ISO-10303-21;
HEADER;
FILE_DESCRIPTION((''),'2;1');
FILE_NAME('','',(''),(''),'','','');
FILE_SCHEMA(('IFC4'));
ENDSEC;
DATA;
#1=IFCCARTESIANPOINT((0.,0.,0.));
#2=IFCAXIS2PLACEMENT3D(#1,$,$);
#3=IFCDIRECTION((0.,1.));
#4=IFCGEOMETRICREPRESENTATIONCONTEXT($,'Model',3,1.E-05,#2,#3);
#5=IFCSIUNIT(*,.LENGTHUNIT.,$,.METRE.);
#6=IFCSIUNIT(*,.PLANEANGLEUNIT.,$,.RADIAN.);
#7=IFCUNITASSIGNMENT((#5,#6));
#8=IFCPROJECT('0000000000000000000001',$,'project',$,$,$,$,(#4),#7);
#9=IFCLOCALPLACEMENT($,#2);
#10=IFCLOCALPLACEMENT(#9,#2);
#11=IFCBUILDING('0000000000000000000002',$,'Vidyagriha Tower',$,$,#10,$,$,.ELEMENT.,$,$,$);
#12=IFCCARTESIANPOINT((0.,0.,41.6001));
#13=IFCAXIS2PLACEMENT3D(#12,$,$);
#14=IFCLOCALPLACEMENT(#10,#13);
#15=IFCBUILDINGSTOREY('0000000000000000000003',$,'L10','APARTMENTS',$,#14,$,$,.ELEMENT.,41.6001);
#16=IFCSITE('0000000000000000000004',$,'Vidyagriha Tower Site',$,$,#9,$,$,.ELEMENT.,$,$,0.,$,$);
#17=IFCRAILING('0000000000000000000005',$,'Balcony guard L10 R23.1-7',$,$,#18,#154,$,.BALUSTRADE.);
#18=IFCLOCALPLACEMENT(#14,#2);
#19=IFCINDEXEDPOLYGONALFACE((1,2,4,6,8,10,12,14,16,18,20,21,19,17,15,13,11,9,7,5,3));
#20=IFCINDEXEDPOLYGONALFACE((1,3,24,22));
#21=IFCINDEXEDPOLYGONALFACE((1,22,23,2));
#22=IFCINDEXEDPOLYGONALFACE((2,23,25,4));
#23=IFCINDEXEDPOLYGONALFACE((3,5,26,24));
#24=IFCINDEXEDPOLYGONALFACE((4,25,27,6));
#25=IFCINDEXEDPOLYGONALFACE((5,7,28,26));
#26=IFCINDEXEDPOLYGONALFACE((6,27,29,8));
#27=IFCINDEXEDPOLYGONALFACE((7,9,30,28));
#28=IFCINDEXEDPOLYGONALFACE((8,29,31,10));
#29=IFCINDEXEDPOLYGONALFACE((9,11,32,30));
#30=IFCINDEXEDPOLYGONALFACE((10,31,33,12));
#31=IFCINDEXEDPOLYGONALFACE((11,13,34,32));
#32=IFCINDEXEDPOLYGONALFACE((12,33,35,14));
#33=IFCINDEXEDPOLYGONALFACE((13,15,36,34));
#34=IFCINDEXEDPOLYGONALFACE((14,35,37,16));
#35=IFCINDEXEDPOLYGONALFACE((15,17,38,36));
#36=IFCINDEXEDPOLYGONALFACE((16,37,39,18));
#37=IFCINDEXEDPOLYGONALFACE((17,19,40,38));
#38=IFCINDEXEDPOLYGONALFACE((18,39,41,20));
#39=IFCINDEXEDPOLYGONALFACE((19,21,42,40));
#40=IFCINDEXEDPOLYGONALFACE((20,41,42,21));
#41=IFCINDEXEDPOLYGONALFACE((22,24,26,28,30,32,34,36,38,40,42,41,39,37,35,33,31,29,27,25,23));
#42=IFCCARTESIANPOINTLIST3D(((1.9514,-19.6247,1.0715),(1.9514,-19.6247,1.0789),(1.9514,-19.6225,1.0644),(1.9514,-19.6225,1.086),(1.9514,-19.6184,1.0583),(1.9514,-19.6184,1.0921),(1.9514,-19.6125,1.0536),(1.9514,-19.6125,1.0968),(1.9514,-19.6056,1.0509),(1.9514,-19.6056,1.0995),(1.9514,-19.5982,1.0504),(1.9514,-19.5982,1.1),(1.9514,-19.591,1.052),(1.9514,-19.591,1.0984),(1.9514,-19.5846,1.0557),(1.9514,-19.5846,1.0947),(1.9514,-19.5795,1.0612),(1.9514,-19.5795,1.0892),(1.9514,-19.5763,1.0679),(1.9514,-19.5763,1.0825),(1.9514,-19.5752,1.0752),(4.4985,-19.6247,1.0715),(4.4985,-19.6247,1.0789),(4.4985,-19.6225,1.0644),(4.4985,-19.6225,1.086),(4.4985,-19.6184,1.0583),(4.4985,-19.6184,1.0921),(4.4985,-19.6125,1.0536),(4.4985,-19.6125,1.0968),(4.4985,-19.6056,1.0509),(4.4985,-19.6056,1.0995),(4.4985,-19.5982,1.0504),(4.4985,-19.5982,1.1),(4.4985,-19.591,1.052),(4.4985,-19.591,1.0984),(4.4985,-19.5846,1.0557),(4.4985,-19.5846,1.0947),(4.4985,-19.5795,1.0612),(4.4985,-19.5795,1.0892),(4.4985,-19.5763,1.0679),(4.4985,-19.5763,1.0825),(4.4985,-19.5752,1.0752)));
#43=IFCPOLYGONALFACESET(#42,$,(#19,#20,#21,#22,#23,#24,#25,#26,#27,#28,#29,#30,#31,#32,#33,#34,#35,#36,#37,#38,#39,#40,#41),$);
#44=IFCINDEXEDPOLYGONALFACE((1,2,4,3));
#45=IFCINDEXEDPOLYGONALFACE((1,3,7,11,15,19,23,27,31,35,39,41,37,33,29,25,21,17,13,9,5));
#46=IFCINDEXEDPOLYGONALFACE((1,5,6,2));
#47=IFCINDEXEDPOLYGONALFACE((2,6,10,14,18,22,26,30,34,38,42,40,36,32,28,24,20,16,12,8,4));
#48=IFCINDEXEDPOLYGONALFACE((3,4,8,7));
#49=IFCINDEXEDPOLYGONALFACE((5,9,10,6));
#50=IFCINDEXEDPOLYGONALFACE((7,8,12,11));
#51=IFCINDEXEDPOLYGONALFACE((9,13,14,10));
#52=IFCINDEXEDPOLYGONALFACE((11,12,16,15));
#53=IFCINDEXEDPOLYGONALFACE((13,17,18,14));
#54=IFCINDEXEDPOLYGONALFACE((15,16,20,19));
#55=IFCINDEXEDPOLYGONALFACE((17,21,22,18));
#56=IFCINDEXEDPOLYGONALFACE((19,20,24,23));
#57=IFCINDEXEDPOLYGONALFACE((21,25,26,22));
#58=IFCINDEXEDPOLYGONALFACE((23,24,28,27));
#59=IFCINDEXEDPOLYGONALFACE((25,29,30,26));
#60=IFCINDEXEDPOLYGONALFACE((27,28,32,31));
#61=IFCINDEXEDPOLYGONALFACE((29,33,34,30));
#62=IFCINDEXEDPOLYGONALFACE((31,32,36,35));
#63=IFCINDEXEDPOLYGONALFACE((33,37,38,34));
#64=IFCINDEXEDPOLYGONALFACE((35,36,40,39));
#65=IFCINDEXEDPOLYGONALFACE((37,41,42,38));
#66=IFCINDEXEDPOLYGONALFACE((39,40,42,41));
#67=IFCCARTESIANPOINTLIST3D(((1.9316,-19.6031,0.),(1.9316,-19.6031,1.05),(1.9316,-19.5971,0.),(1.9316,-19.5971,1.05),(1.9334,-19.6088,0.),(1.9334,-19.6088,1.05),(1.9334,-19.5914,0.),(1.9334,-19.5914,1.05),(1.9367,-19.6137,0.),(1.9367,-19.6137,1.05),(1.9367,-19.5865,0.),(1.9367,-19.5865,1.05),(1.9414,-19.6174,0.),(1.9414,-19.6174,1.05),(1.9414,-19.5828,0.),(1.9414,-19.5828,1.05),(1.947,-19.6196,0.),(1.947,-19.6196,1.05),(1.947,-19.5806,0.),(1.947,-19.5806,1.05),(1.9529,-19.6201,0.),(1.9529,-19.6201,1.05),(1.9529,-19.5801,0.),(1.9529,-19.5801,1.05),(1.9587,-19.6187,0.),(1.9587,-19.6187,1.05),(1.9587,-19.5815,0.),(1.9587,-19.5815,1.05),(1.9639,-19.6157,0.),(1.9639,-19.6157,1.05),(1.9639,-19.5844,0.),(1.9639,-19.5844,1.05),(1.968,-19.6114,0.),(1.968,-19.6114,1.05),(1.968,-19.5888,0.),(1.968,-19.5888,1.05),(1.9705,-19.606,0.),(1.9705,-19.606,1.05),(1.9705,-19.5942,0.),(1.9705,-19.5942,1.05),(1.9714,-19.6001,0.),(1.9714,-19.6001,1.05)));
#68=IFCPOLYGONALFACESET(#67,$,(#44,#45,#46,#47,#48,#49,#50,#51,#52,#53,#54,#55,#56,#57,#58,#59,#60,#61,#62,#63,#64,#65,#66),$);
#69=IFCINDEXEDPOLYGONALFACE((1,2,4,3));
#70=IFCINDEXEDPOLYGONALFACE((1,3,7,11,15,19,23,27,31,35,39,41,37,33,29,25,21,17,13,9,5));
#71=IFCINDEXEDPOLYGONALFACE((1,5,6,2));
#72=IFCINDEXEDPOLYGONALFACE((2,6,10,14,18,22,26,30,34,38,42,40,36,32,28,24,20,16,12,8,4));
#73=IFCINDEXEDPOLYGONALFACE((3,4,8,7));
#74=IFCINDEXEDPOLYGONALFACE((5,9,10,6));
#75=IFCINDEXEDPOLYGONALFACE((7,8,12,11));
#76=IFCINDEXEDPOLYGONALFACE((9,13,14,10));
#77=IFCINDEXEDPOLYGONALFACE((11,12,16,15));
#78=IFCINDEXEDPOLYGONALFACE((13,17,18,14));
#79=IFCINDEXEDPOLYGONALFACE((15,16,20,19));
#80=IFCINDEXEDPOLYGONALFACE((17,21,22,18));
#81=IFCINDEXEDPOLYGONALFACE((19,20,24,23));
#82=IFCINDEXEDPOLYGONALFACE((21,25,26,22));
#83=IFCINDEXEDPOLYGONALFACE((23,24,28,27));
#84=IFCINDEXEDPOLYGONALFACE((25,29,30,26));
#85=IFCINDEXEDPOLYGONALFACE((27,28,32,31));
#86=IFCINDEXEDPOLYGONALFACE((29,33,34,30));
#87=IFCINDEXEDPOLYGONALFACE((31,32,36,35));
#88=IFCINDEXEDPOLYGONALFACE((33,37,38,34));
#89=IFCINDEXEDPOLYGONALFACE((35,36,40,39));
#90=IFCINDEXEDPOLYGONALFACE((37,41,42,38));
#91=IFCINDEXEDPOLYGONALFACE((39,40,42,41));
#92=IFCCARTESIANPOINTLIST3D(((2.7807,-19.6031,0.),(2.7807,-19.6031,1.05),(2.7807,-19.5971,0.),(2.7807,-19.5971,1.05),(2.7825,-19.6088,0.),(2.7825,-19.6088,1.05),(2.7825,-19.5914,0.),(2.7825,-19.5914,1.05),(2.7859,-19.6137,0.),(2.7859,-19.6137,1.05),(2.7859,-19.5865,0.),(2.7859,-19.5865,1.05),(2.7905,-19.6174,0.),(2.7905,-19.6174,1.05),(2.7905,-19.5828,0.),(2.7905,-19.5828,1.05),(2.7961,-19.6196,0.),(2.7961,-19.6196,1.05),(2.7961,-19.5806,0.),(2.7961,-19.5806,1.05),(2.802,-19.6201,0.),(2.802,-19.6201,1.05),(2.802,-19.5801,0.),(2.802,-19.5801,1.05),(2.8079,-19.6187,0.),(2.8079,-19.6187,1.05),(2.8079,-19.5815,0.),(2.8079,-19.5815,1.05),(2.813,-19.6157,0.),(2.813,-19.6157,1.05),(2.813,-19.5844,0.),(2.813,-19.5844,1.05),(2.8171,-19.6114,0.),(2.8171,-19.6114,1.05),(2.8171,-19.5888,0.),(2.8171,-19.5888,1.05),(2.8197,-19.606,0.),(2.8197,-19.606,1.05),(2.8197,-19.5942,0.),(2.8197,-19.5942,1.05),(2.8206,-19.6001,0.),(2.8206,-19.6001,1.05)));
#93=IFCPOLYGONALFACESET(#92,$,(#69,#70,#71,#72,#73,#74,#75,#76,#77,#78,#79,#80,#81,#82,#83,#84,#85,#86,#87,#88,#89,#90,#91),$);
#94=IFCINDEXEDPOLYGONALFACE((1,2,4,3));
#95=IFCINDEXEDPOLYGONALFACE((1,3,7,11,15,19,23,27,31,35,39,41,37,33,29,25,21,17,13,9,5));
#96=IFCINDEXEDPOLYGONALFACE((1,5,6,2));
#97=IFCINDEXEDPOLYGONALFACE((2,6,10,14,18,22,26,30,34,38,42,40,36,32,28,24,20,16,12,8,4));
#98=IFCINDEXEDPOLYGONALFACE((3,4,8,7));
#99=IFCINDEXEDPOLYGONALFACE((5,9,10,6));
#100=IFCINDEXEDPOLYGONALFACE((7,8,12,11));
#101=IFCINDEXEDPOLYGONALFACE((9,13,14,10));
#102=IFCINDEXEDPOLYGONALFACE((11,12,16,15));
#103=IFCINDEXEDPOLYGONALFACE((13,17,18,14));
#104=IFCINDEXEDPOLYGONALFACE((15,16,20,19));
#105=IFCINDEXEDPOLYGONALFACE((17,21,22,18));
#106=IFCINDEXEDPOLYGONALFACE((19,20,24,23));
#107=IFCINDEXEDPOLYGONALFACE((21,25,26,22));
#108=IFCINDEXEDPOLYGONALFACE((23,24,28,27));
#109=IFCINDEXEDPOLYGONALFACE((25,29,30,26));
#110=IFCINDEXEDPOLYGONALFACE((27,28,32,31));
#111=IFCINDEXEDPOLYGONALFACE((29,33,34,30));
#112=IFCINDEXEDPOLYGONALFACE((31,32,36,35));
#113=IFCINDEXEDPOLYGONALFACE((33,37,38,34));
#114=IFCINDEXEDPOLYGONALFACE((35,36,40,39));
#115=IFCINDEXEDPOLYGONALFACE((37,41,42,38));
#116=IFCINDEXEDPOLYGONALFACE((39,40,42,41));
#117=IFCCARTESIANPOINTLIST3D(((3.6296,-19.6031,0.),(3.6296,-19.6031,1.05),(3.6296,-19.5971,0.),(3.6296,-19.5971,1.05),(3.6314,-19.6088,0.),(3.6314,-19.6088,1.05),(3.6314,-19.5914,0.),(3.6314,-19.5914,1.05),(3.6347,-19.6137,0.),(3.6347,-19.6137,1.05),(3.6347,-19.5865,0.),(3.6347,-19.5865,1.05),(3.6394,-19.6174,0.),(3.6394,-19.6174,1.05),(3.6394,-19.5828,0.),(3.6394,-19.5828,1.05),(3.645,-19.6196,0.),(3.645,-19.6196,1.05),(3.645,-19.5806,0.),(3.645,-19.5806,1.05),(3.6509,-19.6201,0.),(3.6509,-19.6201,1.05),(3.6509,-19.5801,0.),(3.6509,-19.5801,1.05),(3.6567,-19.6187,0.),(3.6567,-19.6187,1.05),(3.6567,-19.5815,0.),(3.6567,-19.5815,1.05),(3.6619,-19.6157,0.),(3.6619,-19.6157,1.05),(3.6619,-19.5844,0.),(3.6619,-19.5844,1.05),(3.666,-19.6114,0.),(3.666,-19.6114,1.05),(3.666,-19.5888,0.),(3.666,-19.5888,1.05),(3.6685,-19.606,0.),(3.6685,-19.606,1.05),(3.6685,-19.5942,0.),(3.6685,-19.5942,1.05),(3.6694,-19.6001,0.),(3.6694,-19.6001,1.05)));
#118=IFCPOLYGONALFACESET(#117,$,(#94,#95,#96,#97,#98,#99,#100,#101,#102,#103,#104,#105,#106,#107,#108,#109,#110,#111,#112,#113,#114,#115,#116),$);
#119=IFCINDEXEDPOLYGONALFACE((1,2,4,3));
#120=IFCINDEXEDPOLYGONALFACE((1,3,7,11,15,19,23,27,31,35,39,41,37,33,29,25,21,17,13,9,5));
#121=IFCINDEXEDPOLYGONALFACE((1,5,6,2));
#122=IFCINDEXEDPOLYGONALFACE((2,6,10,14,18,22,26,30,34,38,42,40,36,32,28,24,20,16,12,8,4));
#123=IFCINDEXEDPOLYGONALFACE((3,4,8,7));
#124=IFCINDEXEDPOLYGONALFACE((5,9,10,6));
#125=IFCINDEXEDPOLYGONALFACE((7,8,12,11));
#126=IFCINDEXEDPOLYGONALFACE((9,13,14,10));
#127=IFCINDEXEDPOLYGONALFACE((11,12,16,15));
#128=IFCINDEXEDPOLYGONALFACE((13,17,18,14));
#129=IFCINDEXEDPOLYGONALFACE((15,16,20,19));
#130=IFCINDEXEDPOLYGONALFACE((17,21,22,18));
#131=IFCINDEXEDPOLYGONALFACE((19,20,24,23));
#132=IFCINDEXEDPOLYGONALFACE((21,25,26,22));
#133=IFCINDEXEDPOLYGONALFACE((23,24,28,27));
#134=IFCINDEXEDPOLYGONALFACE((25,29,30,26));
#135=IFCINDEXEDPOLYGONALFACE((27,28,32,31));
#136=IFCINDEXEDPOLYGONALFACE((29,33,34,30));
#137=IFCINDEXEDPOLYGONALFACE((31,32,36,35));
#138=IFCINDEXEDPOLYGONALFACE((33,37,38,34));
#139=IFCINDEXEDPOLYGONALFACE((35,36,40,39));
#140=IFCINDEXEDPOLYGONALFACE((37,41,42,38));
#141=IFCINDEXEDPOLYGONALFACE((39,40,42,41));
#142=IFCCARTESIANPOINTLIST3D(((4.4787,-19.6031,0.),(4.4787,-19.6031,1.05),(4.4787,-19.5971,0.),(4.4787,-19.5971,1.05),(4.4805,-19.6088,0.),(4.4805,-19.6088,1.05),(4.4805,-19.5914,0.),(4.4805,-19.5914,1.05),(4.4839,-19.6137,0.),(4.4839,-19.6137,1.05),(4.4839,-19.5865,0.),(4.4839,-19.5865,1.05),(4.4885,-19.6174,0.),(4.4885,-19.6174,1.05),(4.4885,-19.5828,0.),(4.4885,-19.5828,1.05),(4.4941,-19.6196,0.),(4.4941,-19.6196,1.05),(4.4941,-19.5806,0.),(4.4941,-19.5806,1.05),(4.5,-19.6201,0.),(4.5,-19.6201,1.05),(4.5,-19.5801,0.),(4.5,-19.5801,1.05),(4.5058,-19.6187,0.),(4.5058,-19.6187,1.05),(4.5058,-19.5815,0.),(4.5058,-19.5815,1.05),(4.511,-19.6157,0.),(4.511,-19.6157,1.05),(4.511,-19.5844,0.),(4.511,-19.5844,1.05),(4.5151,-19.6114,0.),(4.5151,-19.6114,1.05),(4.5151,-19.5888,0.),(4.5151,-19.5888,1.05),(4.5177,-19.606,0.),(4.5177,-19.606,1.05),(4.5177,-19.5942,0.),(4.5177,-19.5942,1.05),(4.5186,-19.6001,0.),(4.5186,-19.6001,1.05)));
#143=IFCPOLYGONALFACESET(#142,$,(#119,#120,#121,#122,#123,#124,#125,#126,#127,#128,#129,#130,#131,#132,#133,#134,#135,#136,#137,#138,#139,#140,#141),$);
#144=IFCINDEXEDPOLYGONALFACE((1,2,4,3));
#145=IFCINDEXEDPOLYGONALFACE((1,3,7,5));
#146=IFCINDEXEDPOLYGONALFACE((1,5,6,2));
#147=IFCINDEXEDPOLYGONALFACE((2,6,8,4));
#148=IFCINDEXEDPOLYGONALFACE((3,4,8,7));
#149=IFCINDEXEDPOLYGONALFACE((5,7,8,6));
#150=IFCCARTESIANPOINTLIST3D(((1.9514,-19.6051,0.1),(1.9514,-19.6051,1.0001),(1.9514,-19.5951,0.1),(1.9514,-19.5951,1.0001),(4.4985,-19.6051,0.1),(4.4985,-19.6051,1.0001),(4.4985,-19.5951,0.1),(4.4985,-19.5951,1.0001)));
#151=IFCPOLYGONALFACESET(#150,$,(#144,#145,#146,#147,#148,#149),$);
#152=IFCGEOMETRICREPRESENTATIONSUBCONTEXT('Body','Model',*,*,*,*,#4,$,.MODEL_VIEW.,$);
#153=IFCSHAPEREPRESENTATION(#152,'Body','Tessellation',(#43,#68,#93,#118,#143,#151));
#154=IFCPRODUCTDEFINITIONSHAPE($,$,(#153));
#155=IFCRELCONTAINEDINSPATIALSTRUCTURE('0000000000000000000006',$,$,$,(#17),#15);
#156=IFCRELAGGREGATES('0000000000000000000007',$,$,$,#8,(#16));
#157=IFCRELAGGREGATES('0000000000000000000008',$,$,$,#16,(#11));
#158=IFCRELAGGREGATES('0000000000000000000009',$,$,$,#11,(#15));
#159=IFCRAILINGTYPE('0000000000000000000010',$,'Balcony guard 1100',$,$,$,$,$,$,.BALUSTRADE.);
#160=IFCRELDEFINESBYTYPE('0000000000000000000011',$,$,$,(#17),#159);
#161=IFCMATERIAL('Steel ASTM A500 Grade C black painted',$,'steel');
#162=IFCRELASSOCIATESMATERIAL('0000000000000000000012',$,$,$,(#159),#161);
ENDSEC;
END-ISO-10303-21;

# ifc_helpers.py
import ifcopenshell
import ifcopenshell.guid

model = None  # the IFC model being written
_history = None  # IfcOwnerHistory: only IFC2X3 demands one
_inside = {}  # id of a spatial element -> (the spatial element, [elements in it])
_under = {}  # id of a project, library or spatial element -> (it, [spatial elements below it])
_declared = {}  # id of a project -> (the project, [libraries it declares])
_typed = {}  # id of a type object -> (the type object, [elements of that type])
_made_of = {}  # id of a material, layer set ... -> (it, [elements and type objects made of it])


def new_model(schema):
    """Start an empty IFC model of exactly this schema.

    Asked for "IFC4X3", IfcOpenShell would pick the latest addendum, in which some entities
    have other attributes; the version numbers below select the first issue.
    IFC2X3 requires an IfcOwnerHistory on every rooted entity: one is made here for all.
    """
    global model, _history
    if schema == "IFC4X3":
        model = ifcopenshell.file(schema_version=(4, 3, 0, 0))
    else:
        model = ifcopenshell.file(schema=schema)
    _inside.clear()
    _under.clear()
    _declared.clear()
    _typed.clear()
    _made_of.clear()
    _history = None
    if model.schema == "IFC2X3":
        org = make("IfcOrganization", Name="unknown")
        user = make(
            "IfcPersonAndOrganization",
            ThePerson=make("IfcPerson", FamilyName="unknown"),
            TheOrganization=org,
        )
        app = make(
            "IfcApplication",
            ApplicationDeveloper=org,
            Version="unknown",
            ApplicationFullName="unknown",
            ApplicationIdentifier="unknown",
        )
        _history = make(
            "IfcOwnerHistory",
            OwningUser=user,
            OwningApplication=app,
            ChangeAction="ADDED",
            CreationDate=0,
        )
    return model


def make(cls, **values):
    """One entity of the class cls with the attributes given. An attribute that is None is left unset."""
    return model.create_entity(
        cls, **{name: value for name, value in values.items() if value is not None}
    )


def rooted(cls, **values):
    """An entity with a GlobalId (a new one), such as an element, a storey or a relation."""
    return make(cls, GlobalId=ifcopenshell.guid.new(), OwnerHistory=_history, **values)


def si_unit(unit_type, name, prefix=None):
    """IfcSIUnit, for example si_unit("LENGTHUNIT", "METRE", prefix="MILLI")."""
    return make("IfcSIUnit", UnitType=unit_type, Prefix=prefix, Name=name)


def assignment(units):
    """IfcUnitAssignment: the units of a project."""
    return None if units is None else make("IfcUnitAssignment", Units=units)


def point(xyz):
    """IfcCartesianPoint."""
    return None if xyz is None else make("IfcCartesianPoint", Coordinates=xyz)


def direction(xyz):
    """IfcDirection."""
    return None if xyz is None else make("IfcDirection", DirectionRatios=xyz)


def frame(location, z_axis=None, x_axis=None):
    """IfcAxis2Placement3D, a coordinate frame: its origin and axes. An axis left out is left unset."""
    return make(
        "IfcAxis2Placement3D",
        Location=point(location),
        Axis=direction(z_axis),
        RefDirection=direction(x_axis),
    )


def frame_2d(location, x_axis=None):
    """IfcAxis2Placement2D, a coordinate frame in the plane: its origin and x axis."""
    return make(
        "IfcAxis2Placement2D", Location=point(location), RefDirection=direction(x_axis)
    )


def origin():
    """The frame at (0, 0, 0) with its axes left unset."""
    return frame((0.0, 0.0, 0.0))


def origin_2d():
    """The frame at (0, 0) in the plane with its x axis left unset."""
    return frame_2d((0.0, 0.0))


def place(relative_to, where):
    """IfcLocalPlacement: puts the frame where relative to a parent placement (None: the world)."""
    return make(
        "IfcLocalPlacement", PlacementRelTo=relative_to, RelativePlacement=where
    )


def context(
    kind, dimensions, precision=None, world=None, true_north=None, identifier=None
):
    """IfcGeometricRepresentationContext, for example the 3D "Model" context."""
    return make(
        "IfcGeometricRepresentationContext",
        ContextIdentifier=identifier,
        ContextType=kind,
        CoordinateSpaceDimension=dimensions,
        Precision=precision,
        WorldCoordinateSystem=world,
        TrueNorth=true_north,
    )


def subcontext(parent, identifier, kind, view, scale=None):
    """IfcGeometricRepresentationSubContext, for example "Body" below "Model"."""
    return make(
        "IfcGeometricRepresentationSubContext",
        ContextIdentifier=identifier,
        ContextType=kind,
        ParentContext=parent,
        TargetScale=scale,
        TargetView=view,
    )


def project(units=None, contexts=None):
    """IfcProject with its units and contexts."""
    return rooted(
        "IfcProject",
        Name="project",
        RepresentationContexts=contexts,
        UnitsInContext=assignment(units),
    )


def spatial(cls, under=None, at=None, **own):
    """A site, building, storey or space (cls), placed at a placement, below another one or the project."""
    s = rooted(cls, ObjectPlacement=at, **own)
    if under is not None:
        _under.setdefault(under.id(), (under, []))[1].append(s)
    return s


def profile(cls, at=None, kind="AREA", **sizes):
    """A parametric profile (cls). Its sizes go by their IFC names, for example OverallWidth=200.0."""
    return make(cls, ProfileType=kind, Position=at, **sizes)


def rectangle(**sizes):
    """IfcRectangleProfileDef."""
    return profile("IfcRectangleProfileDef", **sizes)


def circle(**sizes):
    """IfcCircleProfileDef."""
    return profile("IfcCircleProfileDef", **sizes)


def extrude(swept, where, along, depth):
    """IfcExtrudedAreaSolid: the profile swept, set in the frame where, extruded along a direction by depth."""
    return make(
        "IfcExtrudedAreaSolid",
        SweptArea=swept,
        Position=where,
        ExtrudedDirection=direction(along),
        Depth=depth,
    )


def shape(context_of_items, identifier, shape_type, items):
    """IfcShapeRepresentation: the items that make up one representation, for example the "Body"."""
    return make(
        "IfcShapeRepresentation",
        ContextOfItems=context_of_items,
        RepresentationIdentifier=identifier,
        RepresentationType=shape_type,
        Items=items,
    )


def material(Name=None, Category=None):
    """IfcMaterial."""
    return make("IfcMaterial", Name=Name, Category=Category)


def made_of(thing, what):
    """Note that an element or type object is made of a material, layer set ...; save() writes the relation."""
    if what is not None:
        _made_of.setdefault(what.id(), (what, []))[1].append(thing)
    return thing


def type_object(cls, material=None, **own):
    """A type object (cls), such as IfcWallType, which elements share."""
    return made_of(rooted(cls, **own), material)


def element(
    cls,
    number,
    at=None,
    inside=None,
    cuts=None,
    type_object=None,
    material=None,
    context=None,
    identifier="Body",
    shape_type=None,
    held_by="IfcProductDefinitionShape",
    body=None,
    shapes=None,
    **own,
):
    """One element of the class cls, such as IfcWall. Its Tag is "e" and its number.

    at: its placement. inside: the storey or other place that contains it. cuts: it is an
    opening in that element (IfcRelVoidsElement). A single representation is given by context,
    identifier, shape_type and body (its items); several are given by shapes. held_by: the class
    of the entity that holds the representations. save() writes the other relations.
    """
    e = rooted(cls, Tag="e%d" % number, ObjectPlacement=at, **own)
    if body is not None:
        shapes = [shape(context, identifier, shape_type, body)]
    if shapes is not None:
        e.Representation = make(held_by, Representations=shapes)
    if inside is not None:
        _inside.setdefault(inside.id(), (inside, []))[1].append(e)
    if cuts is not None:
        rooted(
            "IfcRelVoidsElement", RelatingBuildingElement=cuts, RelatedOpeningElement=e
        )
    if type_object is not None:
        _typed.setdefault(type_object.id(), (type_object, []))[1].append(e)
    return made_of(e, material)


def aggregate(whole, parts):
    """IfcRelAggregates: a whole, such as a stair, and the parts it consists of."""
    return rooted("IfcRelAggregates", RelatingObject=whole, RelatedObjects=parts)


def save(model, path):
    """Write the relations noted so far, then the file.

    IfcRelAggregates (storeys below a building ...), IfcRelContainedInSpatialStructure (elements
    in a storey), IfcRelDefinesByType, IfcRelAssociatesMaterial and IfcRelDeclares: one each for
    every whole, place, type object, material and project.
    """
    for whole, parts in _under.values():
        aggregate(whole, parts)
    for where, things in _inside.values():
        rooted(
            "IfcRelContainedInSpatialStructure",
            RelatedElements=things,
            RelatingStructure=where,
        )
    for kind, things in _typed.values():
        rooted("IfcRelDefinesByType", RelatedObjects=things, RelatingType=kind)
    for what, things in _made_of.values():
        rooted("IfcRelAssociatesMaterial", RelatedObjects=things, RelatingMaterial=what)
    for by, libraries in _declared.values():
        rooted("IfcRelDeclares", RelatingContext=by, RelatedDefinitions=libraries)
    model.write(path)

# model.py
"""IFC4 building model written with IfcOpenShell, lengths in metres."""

from ifc_helpers import new_model, si_unit, direction, frame, origin, origin_2d, place, context, subcontext, project, spatial, rectangle, circle, extrude, material, type_object, element, save


model = new_model("IFC4")

# Units and contexts
model_context = context("Model", 3, precision=1e-05, world=origin(), true_north=direction((0.0, 1.0)))
body_context = subcontext(model_context, "Body", "Model", "MODEL_VIEW")
ifc_project = project(units=[si_unit("LENGTHUNIT", "METRE"), si_unit("PLANEANGLEUNIT", "RADIAN")], contexts=[model_context])

# Site, building, storey
site_placement = place(None, origin())
site = spatial("IfcSite", under=ifc_project, at=site_placement, Name="Vidyagriha Tower Site", CompositionType="ELEMENT", RefElevation=0.0)
building_placement = place(site_placement, origin())
building = spatial("IfcBuilding", under=site, at=building_placement, Name="Vidyagriha Tower", CompositionType="ELEMENT")
storey_placement = place(building_placement, frame((0.0, 0.0, 41.6001)))
storey = spatial("IfcBuildingStorey", under=building, at=storey_placement, Name="L10", Description="APARTMENTS", CompositionType="ELEMENT", Elevation=41.6001)

# Railing
ifc_material_1 = material(Name="Steel ASTM A500 Grade C black painted", Category="steel")
railing_type = type_object("IfcRailingType", Name="Balcony guard 1100", PredefinedType="BALUSTRADE", material=ifc_material_1)
railing_1_placement = place(storey_placement, frame((1.9514, -19.6001, 0.0)))
element("IfcRailing", 1, at=railing_1_placement, inside=storey, type_object=railing_type, Name="Balcony guard L10 R23.1-7", PredefinedType="BALUSTRADE", context=body_context, shape_type="SweptSolid", body=[
    extrude(circle(Radius=0.0249, at=origin_2d()), frame((0.0, 0.0, 1.0752), z_axis=(1.0, 0.0, 0.0), x_axis=(0.0, 1.0, 0.0)), (0.0, 0.0, 1.0), 2.5471),
    extrude(circle(Radius=0.02, at=origin_2d()), origin(), (0.0, 0.0, 1.0), 1.05),
    extrude(circle(Radius=0.02, at=origin_2d()), frame((0.8491, 0.0, 0.0)), (0.0, 0.0, 1.0), 1.05),
    extrude(circle(Radius=0.02, at=origin_2d()), frame((1.698, 0.0, 0.0)), (0.0, 0.0, 1.0), 1.05),
    extrude(circle(Radius=0.02, at=origin_2d()), frame((2.5471, 0.0, 0.0)), (0.0, 0.0, 1.0), 1.05),
    extrude(rectangle(XDim=0.01, YDim=0.9001, at=origin_2d()), frame((0.0, 0.0, 0.55), z_axis=(1.0, 0.0, 0.0), x_axis=(0.0, 1.0, 0.0)), (0.0, 0.0, 1.0), 2.5471),
])

save(model, "model.ifc")
